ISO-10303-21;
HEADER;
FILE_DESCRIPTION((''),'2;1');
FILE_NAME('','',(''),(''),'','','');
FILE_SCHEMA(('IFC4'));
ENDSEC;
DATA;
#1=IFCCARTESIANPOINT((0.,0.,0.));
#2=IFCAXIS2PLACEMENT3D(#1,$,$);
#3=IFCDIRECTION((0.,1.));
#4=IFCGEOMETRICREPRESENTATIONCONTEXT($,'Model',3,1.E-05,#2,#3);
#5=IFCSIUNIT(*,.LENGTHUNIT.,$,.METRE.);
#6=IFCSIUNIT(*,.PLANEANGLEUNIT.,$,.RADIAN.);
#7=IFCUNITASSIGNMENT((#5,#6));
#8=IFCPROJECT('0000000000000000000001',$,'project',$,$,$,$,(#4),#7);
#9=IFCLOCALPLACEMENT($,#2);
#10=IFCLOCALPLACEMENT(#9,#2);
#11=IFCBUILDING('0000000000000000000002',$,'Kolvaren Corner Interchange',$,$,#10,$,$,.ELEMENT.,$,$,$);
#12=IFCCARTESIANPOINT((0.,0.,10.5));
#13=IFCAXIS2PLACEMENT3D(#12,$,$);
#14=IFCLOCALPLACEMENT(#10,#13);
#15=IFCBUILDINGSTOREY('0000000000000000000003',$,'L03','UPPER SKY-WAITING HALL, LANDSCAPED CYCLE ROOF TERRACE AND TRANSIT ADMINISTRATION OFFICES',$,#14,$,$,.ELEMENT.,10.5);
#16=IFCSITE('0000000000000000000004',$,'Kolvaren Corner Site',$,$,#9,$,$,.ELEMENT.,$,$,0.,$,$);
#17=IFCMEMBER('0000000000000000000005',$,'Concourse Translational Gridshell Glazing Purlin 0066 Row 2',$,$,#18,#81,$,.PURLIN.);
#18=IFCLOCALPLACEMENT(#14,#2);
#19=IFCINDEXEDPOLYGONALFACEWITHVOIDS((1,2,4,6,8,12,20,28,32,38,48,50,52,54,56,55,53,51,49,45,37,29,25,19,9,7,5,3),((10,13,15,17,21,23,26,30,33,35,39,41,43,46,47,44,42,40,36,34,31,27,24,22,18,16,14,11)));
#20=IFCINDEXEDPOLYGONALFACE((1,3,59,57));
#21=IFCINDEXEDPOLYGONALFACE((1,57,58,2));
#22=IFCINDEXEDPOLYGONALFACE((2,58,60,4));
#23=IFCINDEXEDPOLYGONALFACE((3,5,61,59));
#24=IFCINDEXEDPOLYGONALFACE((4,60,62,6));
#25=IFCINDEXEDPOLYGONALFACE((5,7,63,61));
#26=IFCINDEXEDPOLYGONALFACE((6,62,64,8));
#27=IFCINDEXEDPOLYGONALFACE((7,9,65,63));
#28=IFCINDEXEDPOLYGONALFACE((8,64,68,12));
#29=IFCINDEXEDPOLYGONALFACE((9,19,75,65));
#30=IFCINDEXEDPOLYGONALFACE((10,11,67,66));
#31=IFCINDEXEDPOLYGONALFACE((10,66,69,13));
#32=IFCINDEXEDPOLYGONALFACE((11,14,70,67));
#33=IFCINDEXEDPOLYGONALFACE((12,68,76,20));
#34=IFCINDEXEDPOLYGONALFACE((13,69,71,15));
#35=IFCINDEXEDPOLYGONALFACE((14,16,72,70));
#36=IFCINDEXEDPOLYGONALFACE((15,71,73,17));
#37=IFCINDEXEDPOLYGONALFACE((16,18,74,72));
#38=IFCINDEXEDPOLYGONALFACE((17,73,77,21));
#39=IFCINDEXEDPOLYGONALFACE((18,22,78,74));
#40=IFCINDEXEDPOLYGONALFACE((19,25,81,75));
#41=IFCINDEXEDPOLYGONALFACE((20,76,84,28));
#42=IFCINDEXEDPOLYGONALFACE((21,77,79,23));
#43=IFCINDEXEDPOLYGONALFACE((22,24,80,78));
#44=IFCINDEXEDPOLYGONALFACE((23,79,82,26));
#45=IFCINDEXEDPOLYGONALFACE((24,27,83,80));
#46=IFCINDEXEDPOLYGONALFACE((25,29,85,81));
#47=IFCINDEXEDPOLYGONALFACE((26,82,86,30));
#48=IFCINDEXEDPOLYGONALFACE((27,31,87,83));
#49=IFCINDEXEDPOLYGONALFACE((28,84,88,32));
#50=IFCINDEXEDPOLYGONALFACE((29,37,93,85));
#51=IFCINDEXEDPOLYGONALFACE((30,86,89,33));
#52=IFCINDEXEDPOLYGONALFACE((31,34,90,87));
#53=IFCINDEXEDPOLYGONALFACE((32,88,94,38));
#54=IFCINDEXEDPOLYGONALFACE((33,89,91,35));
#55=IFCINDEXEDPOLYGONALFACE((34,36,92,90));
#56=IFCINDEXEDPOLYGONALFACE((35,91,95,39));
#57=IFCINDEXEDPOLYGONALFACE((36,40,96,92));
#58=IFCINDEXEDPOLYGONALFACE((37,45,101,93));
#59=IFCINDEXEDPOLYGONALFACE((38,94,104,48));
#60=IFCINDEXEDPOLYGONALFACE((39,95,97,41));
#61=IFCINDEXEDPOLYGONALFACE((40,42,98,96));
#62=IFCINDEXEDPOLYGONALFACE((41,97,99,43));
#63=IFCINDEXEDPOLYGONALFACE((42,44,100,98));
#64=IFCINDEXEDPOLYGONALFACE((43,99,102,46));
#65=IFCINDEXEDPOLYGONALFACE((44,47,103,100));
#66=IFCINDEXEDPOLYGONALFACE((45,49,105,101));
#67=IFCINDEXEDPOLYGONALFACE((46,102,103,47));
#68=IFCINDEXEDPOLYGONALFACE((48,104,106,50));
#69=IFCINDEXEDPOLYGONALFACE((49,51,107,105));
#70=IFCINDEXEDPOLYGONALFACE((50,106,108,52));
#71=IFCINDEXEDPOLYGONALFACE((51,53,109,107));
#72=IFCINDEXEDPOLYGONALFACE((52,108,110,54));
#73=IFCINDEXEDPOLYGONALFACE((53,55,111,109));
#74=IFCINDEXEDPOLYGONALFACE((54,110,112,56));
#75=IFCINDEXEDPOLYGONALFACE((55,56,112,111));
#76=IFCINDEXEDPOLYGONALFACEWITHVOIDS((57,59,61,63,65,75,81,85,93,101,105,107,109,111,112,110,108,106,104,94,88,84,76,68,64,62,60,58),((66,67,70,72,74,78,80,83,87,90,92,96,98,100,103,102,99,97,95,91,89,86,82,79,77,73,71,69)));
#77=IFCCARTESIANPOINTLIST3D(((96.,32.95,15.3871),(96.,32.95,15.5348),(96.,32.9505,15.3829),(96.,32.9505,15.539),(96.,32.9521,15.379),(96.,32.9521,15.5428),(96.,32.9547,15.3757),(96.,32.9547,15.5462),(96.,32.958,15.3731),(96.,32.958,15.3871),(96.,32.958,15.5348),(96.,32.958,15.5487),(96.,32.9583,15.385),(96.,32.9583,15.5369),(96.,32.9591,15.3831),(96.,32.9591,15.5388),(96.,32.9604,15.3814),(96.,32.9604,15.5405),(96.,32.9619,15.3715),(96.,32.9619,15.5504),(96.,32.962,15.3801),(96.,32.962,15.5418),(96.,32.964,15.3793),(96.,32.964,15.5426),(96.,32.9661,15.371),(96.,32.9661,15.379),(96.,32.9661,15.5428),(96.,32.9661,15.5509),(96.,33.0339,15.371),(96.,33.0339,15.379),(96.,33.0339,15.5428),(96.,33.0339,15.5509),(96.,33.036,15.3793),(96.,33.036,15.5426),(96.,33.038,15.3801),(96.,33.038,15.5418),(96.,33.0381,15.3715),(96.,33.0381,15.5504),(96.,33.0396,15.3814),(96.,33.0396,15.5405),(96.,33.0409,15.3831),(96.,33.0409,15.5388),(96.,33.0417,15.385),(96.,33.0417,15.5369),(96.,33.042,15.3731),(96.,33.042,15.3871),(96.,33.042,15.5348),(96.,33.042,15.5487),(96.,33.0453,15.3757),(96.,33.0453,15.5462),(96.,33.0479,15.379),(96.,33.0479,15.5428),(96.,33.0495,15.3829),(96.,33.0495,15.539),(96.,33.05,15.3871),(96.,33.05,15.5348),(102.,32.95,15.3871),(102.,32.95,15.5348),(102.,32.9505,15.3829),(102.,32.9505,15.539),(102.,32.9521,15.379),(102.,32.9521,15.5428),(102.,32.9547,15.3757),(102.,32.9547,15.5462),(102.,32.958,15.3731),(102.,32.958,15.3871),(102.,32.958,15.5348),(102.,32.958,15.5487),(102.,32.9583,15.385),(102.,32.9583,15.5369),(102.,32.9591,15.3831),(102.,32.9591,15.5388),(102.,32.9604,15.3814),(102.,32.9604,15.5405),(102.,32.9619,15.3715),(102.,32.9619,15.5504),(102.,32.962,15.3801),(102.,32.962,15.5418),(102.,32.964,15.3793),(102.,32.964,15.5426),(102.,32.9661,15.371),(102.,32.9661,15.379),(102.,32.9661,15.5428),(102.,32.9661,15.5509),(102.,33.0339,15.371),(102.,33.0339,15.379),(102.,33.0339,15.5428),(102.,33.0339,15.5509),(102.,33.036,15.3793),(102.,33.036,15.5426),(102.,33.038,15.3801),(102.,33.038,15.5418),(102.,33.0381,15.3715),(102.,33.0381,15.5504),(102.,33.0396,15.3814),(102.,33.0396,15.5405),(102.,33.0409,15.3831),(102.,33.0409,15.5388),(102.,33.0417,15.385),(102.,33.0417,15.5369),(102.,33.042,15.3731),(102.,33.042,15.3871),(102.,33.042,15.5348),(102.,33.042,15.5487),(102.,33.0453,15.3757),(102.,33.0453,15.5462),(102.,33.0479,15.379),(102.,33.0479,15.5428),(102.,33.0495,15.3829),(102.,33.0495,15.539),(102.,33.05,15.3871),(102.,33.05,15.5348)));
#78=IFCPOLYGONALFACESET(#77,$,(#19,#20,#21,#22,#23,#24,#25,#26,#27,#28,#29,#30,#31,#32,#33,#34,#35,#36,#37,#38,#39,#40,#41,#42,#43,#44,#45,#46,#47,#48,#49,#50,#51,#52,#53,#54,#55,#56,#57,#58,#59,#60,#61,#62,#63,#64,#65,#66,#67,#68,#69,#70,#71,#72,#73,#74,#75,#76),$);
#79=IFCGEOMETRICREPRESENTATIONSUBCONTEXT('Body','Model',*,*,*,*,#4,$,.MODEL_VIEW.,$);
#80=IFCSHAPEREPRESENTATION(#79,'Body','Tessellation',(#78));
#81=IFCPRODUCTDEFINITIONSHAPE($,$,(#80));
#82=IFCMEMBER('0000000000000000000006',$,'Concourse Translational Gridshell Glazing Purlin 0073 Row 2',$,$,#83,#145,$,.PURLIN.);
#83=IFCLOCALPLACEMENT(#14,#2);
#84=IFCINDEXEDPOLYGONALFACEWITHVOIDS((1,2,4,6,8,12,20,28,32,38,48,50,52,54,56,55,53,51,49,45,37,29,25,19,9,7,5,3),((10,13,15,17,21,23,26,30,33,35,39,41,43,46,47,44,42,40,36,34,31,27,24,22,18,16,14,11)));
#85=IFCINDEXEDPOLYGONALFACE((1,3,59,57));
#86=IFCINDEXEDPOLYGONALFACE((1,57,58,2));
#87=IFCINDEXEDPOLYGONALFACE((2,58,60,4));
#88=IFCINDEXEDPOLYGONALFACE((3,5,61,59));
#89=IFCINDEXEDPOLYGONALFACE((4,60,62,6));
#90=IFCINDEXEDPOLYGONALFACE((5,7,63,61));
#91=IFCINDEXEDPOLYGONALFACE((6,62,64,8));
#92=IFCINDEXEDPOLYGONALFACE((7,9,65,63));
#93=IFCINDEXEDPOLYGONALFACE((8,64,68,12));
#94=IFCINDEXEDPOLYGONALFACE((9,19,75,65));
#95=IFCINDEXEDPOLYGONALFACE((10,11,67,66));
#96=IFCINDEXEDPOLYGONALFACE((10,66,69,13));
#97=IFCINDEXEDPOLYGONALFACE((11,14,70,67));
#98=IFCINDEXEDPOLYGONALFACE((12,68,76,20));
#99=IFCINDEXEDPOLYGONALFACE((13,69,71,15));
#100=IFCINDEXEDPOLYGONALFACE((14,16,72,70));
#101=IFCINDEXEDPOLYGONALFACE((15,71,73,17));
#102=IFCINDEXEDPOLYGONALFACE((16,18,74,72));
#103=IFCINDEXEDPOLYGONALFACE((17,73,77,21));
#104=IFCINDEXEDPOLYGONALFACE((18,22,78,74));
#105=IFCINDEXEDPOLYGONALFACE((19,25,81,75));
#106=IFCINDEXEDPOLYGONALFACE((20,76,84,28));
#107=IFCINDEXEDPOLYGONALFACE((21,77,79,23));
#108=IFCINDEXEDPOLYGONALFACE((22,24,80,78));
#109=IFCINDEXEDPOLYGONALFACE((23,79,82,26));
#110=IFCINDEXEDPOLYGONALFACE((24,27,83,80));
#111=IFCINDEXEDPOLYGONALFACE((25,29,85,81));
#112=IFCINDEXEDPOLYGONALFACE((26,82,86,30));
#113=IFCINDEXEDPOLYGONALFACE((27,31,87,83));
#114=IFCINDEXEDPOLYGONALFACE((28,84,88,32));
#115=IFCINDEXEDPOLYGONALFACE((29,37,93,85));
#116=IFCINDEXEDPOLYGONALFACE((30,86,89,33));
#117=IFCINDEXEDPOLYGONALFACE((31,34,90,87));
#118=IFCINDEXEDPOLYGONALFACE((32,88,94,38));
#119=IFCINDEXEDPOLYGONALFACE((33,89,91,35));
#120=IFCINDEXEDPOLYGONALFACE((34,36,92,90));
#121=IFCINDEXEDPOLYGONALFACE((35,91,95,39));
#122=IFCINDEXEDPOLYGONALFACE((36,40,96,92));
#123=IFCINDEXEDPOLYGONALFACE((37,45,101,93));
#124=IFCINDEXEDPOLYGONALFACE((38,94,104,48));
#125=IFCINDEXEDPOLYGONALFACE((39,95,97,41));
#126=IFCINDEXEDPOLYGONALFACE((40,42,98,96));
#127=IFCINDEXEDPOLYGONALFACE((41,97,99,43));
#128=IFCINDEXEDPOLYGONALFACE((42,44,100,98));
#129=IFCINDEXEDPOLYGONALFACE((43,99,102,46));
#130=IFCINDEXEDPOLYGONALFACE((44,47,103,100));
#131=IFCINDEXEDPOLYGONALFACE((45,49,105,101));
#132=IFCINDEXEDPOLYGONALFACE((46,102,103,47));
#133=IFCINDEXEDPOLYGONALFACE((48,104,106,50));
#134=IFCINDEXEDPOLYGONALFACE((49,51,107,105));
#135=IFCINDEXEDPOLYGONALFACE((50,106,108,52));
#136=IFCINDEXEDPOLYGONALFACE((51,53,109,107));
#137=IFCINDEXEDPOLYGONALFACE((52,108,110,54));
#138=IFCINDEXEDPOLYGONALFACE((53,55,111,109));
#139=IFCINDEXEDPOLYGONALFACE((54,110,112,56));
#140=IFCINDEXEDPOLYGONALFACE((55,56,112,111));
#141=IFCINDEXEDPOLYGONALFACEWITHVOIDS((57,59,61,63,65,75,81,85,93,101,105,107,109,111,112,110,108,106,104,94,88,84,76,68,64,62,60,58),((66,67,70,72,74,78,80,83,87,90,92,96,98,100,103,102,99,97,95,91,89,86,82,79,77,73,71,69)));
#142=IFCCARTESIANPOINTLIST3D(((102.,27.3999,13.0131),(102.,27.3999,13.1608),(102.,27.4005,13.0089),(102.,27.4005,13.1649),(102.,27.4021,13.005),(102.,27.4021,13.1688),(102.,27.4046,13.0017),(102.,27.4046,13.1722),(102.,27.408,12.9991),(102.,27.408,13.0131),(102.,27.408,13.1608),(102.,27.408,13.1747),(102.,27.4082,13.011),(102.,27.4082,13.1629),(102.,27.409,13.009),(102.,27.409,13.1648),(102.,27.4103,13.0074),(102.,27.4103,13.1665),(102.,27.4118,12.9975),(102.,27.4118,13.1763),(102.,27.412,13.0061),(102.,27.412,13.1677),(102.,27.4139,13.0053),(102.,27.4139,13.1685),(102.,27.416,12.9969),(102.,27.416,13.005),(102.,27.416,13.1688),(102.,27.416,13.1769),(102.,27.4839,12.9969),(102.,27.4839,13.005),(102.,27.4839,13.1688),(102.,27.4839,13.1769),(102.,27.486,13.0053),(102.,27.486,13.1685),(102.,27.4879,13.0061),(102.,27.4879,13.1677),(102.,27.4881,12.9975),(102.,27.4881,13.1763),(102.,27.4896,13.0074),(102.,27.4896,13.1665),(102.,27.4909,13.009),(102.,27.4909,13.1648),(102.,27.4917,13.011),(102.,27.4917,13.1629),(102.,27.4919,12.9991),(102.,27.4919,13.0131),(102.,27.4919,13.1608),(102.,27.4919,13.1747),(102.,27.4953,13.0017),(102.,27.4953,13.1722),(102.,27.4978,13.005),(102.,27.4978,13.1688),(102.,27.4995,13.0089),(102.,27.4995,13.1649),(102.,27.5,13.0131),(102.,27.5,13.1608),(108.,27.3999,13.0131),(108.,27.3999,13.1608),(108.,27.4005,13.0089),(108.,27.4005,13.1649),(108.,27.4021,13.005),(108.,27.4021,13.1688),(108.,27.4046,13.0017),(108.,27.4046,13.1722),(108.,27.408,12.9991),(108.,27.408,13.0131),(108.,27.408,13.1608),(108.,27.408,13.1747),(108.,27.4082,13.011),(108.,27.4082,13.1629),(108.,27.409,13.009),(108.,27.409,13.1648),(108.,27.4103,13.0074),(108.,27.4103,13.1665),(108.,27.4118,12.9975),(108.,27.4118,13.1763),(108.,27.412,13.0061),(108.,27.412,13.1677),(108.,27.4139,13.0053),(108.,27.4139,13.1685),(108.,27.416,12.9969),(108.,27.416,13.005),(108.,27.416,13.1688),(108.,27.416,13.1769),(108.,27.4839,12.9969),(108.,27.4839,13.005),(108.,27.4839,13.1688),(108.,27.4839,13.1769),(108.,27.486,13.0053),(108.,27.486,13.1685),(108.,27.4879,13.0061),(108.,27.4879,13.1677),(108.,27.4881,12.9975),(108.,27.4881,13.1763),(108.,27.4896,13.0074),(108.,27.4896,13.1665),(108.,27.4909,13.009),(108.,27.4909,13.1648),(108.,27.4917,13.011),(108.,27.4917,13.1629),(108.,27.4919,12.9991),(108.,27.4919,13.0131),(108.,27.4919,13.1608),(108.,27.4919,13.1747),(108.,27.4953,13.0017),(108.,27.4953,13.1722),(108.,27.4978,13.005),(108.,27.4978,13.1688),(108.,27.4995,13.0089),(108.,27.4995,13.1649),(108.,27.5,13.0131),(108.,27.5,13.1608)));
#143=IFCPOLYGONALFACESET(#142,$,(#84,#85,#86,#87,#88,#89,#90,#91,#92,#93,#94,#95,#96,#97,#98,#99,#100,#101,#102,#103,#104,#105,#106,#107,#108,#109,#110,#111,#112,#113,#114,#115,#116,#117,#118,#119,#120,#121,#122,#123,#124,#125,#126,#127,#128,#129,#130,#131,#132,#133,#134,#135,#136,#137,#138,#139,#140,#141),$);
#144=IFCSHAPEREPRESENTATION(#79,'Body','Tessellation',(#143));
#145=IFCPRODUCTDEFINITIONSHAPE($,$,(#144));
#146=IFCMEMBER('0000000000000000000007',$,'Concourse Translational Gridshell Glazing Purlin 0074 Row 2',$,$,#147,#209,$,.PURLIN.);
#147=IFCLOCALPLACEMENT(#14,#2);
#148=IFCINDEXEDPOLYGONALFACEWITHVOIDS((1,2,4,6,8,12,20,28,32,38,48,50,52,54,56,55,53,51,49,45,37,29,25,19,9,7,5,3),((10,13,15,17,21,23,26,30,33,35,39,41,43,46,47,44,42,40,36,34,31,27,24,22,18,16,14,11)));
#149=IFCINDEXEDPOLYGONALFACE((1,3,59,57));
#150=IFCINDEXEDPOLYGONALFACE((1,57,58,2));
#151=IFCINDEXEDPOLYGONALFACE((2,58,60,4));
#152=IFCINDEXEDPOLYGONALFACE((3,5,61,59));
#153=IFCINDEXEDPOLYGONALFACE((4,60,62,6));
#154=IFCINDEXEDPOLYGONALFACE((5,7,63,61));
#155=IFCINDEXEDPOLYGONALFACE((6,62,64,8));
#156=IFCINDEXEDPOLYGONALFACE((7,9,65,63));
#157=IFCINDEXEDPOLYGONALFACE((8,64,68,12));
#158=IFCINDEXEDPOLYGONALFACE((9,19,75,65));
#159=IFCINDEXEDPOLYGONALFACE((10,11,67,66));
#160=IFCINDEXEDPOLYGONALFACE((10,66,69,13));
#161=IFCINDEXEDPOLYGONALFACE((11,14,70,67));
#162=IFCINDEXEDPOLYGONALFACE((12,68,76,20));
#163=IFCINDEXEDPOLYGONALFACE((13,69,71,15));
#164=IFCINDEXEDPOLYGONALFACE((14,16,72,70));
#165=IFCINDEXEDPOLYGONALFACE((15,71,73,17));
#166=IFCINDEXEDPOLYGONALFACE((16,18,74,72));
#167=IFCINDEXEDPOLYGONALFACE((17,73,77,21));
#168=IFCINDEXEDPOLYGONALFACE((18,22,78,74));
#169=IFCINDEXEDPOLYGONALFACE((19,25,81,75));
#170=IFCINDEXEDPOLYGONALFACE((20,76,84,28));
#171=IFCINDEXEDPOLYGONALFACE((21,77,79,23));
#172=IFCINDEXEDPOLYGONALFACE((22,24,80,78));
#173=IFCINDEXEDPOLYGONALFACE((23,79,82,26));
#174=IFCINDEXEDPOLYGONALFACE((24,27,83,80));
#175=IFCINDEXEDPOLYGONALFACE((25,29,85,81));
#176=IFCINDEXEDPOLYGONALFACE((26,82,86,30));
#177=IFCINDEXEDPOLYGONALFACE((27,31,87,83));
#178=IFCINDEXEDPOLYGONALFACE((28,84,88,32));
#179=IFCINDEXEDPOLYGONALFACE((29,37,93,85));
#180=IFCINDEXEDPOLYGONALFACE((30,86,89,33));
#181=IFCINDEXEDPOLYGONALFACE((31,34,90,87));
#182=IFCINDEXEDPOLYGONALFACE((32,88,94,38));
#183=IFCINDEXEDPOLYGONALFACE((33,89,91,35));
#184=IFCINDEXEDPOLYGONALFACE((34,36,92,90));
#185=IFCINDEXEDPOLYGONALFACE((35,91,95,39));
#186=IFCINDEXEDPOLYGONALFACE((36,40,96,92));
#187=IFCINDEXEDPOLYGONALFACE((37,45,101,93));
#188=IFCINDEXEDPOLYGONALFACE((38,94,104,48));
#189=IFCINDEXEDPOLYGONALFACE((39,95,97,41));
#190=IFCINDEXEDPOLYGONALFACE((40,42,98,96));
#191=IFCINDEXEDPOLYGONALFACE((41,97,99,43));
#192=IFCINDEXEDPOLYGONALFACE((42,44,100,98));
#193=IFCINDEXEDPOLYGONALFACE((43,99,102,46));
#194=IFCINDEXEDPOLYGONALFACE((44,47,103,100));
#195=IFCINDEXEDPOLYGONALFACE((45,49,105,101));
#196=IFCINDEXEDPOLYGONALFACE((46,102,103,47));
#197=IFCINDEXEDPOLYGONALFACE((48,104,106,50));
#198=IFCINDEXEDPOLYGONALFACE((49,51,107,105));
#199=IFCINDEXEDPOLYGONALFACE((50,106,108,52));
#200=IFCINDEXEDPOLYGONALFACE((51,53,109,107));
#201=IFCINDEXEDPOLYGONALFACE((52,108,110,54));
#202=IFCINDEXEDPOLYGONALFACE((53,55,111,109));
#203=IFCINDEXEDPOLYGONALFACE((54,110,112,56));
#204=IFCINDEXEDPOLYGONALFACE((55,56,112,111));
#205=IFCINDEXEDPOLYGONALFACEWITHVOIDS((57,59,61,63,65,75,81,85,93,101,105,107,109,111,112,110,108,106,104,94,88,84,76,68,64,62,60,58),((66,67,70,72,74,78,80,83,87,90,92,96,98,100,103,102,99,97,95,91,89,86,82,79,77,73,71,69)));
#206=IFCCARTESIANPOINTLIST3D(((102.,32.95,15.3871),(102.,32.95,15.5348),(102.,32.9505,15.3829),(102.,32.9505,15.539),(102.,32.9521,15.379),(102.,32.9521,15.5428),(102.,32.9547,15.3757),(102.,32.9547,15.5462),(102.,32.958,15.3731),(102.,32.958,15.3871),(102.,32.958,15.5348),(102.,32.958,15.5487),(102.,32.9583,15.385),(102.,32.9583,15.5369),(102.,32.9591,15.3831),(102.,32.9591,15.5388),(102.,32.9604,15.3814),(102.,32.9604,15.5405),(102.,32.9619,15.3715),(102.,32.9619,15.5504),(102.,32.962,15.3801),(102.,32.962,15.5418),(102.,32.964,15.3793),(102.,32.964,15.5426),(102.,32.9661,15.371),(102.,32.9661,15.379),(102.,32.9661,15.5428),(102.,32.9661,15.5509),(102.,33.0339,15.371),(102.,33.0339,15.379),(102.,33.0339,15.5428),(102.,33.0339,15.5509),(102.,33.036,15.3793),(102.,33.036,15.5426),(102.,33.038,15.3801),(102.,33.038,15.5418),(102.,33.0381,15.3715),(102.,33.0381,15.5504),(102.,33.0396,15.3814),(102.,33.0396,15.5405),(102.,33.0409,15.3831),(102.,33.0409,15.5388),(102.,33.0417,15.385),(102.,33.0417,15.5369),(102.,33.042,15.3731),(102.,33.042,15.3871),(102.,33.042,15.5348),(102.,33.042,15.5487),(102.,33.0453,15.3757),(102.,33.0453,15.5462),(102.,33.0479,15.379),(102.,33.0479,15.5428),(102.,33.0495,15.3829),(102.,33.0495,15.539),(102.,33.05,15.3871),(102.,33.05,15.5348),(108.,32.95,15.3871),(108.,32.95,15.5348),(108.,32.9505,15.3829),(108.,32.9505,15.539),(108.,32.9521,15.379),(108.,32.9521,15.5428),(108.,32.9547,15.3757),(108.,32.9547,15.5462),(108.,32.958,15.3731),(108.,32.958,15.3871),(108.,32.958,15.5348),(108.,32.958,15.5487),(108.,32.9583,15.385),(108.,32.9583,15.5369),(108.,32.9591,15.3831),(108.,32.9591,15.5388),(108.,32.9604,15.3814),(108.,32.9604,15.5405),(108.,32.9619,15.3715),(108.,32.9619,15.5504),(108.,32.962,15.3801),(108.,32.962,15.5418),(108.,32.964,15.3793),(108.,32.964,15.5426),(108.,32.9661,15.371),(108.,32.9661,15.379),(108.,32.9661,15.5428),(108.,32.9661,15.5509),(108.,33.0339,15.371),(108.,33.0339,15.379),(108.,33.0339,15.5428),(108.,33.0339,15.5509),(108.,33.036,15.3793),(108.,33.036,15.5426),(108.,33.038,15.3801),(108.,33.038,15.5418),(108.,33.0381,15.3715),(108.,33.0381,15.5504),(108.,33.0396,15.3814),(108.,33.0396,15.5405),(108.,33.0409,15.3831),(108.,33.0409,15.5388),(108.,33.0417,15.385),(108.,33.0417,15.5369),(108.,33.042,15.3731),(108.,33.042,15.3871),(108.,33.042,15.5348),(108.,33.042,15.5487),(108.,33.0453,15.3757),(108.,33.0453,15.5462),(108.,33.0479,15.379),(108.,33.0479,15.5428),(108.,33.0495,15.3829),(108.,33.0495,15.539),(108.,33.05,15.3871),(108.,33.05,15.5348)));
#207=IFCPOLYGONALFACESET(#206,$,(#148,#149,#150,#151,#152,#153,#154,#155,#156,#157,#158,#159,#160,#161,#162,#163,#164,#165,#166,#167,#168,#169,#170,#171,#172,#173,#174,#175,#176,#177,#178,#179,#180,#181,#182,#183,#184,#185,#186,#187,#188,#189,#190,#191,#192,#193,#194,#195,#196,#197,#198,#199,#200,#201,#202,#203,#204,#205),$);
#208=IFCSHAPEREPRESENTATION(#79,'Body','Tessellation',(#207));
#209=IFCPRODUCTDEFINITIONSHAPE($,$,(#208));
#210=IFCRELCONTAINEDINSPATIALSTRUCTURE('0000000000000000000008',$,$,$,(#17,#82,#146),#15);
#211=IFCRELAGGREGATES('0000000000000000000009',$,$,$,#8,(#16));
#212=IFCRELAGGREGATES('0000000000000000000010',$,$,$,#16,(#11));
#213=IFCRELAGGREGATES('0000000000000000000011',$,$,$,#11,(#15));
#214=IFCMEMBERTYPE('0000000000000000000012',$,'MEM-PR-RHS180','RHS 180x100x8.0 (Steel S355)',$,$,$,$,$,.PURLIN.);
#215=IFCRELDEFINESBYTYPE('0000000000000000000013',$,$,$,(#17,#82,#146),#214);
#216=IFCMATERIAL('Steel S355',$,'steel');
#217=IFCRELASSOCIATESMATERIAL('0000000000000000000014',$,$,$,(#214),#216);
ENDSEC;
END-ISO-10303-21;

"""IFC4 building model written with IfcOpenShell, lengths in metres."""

from ifc_helpers import new_model, si_unit, direction, frame, origin, origin_2d, place, context, subcontext, project, spatial, hollow_rectangle, extrude, material, material_profile, profile_set, type_object, element, save


model = new_model("IFC4")

# Units and contexts
model_context = context("Model", 3, precision=1e-05, world=origin(), true_north=direction((0.0, 1.0)))
body_context = subcontext(model_context, "Body", "Model", "MODEL_VIEW")
ifc_project = project(units=[si_unit("LENGTHUNIT", "METRE"), si_unit("PLANEANGLEUNIT", "RADIAN")], contexts=[model_context])

# Site, building, storey
site_placement = place(None, origin())
site = spatial("IfcSite", under=ifc_project, at=site_placement, Name="Kolvaren Corner Site", CompositionType="ELEMENT", RefElevation=0.0)
building_placement = place(site_placement, origin())
building = spatial("IfcBuilding", under=site, at=building_placement, Name="Kolvaren Corner Interchange", CompositionType="ELEMENT")
storey_placement = place(building_placement, frame((0.0, 0.0, 10.5)))
storey = spatial("IfcBuildingStorey", under=building, at=storey_placement, Name="L03", Description="UPPER SKY-WAITING HALL, LANDSCAPED CYCLE ROOF TERRACE AND TRANSIT ADMINISTRATION OFFICES", CompositionType="ELEMENT", Elevation=10.5)

# Members
ifc_material_1 = material(Name="Steel S355", Category="steel")
ifc_material_profile_1 = material_profile(ifc_material_1, hollow_rectangle(XDim=0.1001, YDim=0.1799, WallThickness=0.0081, InnerFilletRadius=0.0081, OuterFilletRadius=0.0161, at=origin_2d()), Name="RHS 180x100x8.0")
ifc_profile_set_1 = profile_set([ifc_material_profile_1], Name="Steel S355")
member_type_1 = type_object("IfcMemberType", Name="MEM-PR-RHS180", Description="RHS 180x100x8.0 (Steel S355)", PredefinedType="PURLIN", material=ifc_profile_set_1)
for number, where, z_axis, x_axis, name in (
    (1, (96.0, 33.0, 15.4609), (1.0, 0.0, 0.0), (0.0, 1.0, 0.0), "Concourse Translational Gridshell Glazing Purlin 0066 Row 2"),
    (2, (102.0, 27.45, 13.0869), (1.0, 0.0, 0.0), (0.0, 1.0, 0.0), "Concourse Translational Gridshell Glazing Purlin 0073 Row 2"),
    (3, (102.0, 33.0, 15.4609), (1.0, 0.0, 0.0), (0.0, 1.0, 0.0), "Concourse Translational Gridshell Glazing Purlin 0074 Row 2"),
):
    element("IfcMember", number, at=place(storey_placement, frame(where, z_axis=z_axis, x_axis=x_axis)), inside=storey, type_object=member_type_1, Name=name, PredefinedType="PURLIN", context=body_context, shape_type="SweptSolid", body=[
        extrude(hollow_rectangle(XDim=0.1001, YDim=0.1799, WallThickness=0.0081, InnerFilletRadius=0.0081, OuterFilletRadius=0.0161, at=origin_2d()), origin(), (0.0, 0.0, 1.0), 6.0),
    ])

save(model, "model.ifc")
